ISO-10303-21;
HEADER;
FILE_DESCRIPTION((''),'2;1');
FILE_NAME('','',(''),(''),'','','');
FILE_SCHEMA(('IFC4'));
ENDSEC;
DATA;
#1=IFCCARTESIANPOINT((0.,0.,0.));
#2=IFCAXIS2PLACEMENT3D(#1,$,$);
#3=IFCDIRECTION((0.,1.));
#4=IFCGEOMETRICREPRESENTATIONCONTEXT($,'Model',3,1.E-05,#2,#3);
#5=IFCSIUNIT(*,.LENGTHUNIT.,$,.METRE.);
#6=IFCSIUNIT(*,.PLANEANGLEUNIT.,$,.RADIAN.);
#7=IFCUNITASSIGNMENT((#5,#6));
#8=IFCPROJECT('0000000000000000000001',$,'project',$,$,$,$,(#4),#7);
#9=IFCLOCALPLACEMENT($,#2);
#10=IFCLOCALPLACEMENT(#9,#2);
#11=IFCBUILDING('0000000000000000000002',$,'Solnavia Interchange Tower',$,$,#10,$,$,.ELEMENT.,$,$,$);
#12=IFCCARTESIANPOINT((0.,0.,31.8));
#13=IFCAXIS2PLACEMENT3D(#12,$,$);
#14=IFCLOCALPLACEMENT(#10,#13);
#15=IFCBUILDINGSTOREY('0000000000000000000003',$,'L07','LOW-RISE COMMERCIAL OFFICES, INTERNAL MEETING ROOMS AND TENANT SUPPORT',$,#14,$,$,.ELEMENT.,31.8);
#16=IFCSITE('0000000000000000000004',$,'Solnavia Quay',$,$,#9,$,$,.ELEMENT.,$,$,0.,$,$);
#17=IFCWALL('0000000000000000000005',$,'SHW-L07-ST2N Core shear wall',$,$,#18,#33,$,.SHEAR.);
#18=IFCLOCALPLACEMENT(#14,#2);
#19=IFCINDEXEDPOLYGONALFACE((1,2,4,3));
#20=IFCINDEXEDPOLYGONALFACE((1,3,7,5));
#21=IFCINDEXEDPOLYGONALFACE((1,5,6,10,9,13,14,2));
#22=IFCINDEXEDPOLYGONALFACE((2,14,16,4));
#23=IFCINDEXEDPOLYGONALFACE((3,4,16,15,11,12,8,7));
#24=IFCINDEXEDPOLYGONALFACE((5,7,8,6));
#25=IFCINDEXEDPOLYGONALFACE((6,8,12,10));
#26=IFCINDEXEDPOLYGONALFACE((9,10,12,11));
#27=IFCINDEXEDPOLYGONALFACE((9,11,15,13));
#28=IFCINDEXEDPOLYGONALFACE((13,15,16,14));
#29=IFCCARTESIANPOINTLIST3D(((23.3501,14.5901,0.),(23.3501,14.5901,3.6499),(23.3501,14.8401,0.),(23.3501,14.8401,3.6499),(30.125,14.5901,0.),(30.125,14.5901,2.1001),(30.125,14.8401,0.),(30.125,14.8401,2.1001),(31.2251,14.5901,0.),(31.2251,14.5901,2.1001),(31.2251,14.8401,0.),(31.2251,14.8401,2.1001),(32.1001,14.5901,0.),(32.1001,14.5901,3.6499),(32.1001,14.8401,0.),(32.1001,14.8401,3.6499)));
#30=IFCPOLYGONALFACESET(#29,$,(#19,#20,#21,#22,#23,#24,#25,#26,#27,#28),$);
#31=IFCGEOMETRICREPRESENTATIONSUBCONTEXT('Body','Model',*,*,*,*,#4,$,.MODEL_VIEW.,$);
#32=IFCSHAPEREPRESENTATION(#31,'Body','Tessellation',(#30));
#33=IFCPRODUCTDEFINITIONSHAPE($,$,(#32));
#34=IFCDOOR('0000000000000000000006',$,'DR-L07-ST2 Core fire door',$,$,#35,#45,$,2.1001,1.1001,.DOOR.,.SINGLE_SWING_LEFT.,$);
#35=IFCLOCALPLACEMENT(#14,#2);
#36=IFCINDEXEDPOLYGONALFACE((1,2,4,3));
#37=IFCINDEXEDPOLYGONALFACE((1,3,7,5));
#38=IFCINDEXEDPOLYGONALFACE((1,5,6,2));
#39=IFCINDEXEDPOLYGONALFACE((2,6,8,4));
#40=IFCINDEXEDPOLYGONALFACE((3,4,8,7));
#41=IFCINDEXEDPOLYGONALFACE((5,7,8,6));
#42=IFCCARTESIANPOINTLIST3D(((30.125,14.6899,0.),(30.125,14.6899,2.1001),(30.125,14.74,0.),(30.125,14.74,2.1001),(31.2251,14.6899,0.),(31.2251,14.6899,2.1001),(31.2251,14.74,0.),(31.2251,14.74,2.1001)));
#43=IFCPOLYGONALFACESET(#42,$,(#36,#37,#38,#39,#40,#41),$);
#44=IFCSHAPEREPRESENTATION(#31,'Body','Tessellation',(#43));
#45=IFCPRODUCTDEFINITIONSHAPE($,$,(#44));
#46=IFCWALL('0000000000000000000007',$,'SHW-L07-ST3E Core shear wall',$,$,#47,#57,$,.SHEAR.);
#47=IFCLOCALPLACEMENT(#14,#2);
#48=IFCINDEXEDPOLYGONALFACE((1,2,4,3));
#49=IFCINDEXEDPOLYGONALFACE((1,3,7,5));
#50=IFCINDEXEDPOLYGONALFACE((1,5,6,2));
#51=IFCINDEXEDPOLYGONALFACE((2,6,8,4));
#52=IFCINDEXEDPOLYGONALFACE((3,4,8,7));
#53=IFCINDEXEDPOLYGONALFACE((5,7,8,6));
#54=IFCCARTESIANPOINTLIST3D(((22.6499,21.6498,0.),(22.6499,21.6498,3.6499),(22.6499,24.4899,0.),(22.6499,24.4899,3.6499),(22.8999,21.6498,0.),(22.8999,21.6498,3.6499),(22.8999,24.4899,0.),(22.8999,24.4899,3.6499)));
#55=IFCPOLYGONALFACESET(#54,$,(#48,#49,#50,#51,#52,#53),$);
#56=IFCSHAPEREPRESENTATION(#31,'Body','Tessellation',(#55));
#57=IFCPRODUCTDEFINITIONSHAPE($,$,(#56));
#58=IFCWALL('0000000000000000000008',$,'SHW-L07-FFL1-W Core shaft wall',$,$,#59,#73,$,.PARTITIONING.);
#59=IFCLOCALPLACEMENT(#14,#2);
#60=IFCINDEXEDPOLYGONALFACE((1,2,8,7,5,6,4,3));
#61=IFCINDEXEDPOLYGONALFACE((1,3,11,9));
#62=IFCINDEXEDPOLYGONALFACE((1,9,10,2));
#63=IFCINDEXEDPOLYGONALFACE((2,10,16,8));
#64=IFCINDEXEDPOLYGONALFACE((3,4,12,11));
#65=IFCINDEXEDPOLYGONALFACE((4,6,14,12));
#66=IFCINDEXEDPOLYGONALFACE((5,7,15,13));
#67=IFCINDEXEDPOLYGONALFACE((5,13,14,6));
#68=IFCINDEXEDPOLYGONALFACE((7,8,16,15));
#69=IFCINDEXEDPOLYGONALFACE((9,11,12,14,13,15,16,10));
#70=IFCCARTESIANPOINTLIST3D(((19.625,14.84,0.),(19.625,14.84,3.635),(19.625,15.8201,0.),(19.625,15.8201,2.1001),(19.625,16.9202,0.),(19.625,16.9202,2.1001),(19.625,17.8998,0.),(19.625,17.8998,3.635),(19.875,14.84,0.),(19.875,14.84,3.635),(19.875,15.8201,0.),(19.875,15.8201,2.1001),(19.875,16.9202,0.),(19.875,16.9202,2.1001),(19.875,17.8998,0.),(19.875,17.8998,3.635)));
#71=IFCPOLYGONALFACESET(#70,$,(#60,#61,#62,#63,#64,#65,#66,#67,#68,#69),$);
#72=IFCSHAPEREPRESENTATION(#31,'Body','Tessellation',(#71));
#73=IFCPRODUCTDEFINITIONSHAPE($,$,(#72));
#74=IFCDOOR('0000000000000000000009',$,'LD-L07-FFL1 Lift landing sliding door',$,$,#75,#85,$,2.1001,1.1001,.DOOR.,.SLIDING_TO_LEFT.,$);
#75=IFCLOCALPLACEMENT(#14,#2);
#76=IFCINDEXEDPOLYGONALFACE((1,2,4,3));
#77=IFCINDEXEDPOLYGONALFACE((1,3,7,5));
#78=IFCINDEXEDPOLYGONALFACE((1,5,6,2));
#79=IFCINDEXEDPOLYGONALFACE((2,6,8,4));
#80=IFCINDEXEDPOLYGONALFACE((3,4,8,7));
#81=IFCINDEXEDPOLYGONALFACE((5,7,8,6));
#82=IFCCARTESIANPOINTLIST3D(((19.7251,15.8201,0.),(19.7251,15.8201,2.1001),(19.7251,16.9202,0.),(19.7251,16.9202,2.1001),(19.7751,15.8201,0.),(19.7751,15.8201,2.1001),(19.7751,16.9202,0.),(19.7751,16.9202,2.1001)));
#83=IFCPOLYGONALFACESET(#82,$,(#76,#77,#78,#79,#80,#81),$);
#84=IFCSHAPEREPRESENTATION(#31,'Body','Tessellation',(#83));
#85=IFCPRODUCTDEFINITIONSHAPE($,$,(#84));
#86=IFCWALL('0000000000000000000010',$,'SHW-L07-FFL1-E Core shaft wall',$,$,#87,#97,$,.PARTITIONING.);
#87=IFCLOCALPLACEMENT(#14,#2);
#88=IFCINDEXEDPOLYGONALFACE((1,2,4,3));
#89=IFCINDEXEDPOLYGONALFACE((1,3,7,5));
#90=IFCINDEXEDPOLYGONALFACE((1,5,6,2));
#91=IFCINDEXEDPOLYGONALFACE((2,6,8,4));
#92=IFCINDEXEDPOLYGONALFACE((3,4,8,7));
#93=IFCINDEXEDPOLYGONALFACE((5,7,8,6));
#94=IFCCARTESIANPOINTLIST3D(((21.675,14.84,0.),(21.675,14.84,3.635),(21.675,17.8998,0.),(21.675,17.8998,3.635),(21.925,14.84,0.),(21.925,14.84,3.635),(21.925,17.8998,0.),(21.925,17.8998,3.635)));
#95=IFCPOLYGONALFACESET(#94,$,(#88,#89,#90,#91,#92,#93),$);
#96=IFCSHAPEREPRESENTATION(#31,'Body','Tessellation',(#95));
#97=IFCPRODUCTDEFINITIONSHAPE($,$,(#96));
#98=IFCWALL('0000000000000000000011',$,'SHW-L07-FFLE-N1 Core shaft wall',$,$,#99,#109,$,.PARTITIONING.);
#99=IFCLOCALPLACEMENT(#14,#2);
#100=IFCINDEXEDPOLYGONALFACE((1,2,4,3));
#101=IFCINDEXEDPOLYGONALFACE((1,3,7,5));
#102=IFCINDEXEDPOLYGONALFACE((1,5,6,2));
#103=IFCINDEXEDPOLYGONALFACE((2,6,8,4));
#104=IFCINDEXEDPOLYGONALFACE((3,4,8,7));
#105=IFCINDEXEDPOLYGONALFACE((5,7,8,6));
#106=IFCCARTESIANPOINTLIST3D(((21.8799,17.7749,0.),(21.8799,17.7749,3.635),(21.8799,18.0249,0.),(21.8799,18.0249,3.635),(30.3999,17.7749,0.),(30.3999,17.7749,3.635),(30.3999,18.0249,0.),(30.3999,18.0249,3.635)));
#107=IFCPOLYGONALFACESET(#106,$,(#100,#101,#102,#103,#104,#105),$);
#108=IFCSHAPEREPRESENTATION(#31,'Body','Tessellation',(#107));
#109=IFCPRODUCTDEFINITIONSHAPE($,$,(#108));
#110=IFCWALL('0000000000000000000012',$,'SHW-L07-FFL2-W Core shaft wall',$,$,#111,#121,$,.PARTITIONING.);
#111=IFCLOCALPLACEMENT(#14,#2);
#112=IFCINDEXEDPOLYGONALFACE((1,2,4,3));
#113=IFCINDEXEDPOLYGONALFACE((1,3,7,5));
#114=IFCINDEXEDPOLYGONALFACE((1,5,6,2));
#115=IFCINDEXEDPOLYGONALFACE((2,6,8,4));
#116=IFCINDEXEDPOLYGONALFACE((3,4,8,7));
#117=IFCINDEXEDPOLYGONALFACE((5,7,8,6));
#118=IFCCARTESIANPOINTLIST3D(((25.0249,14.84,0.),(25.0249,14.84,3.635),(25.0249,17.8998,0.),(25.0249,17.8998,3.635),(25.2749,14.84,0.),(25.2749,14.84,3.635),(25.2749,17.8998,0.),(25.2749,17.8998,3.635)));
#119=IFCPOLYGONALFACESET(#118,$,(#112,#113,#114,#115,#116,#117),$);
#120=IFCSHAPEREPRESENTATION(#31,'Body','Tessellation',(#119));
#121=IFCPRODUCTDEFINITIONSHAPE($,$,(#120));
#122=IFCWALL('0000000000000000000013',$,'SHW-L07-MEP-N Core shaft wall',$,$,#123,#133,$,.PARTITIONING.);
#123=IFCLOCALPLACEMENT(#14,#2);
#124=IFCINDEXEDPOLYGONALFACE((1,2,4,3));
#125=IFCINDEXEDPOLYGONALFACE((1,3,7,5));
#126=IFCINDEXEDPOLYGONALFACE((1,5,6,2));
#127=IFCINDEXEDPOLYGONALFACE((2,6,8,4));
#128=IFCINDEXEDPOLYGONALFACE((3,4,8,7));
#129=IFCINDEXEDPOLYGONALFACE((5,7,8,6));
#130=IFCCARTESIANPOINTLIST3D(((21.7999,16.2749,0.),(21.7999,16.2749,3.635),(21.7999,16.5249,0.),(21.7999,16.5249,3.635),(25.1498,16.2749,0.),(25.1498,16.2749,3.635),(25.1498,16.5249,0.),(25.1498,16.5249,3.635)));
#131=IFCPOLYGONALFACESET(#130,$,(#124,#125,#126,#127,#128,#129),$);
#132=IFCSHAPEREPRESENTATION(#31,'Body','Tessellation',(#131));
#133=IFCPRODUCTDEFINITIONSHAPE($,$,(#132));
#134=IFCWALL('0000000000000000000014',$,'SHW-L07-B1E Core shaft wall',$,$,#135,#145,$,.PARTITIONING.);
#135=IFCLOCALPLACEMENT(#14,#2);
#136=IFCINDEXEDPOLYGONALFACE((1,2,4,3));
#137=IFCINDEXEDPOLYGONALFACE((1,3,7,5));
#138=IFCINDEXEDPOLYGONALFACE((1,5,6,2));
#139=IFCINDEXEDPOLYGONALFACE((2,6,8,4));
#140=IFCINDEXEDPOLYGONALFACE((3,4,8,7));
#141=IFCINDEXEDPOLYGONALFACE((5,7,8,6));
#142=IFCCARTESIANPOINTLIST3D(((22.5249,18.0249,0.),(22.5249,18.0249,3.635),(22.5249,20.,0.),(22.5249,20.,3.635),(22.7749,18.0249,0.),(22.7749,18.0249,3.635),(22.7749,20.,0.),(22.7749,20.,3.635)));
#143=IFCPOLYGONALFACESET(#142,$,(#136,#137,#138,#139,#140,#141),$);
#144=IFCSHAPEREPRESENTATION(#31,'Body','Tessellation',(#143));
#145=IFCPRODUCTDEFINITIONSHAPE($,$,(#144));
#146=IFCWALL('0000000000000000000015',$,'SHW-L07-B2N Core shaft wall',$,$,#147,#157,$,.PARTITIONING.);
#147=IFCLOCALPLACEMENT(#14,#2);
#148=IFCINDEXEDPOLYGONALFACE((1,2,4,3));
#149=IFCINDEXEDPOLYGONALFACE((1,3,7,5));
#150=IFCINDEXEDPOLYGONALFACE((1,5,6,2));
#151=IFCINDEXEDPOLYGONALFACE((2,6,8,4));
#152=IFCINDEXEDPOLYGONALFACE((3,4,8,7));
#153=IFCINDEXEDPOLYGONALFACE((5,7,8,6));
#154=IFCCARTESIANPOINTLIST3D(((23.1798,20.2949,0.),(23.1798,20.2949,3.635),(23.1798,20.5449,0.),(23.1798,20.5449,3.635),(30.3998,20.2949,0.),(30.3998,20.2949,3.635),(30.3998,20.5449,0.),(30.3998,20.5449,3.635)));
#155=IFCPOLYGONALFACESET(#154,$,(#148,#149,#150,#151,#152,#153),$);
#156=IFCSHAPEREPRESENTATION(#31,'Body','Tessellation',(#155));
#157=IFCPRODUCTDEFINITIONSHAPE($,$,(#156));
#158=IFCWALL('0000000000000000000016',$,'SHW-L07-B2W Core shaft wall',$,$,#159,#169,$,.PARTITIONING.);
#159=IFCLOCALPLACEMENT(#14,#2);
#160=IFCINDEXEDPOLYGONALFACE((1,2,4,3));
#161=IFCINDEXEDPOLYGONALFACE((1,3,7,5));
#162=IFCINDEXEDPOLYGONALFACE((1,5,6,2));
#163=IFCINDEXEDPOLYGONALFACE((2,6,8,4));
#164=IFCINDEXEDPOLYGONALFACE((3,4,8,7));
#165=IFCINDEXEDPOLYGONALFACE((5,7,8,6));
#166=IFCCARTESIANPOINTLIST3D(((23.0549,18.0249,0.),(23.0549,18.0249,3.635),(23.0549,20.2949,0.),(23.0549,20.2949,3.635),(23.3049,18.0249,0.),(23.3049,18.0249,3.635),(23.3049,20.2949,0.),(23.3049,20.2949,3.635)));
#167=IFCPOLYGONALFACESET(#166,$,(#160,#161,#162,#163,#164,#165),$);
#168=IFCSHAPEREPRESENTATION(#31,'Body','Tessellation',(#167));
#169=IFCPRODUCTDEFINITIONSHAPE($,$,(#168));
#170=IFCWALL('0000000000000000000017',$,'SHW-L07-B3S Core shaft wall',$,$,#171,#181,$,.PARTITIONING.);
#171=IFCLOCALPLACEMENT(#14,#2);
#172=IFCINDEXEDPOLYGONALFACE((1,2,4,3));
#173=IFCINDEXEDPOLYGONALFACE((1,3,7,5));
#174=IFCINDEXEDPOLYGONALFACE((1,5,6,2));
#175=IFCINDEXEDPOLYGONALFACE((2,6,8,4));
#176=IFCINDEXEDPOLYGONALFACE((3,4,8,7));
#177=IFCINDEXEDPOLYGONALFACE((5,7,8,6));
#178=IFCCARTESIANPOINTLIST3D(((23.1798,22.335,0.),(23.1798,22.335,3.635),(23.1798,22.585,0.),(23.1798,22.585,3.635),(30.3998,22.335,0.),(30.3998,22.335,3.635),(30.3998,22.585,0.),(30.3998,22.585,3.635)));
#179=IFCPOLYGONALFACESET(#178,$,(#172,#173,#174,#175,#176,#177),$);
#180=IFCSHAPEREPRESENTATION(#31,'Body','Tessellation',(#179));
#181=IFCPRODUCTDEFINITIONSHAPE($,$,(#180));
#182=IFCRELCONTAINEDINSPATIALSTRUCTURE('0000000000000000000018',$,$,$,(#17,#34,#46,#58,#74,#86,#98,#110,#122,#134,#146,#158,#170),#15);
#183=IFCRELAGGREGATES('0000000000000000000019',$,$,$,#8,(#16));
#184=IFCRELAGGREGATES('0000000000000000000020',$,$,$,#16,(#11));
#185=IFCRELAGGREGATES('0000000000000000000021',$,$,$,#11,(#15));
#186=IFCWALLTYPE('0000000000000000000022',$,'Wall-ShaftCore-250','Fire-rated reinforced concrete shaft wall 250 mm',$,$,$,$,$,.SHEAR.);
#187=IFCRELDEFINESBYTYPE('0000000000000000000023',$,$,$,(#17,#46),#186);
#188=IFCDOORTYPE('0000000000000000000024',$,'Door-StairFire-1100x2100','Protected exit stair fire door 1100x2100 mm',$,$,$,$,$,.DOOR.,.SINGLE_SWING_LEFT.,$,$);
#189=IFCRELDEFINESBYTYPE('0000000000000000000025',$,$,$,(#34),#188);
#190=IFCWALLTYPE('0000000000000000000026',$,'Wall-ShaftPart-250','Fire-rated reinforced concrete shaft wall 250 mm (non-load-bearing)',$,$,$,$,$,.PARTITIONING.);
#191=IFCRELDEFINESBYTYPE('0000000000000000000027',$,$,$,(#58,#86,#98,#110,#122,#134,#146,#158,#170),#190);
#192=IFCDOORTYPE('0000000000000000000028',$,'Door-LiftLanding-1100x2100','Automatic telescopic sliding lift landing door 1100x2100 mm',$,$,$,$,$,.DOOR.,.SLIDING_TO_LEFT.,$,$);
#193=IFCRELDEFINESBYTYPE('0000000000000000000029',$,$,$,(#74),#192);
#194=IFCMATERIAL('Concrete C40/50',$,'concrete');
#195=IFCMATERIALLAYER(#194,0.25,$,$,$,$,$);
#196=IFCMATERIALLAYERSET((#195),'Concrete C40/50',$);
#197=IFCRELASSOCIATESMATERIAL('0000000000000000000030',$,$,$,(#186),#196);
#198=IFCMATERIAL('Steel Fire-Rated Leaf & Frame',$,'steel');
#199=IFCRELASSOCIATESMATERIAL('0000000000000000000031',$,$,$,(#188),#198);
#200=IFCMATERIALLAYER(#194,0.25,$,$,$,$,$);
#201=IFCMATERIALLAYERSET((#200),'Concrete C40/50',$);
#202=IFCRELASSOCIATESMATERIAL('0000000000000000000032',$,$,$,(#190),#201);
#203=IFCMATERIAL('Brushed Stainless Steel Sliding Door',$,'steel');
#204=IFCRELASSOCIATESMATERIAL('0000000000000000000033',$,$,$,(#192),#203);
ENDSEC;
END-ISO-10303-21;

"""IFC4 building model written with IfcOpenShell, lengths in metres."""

from ifc_helpers import new_model, si_unit, direction, frame, frame_2d, origin, place, context, subcontext, project, spatial, rectangle, extrude, material, layer, layer_set, type_object, element, fill, save


model = new_model("IFC4")

# Units and contexts
model_context = context("Model", 3, precision=1e-05, world=origin(), true_north=direction((0.0, 1.0)))
body_context = subcontext(model_context, "Body", "Model", "MODEL_VIEW")
ifc_project = project(units=[si_unit("LENGTHUNIT", "METRE"), si_unit("PLANEANGLEUNIT", "RADIAN")], contexts=[model_context])

# Site, building, storey
site_placement = place(None, origin())
site = spatial("IfcSite", under=ifc_project, at=site_placement, Name="Solnavia Quay", CompositionType="ELEMENT", RefElevation=0.0)
building_placement = place(site_placement, origin())
building = spatial("IfcBuilding", under=site, at=building_placement, Name="Solnavia Interchange Tower", CompositionType="ELEMENT")
storey_placement = place(building_placement, frame((0.0, 0.0, 31.8)))
storey = spatial("IfcBuildingStorey", under=building, at=storey_placement, Name="L07", Description="LOW-RISE COMMERCIAL OFFICES, INTERNAL MEETING ROOMS AND TENANT SUPPORT", CompositionType="ELEMENT", Elevation=31.8)

# Wall, opening, door
ifc_material_1 = material(Name="Concrete C40/50", Category="concrete")
ifc_layer_1 = layer(ifc_material_1, 0.25)
ifc_layer_set_1 = layer_set([ifc_layer_1], Name="Concrete C40/50")
wall_type_1 = type_object("IfcWallType", Name="Wall-ShaftCore-250", Description="Fire-rated reinforced concrete shaft wall 250 mm", PredefinedType="SHEAR", material=ifc_layer_set_1)
wall_1_placement = place(storey_placement, frame((23.3501, 14.7151, 0.0), z_axis=(0.0, 0.0, 1.0), x_axis=(1.0, 0.0, 0.0)))
wall_1 = element("IfcWall", 1, at=wall_1_placement, inside=storey, type_object=wall_type_1, Name="SHW-L07-ST2N Core shear wall", PredefinedType="SHEAR", context=body_context, shape_type="SweptSolid", body=[
    extrude(rectangle(XDim=8.75, YDim=0.25, at=frame_2d((4.375, 0.0))), origin(), (0.0, 0.0, 1.0), 3.6499),
])
opening_1_placement = place(wall_1_placement, frame((6.7749, 0.0, 0.0)))
opening_1 = element("IfcOpeningElement", 2, at=opening_1_placement, cuts=wall_1, PredefinedType="OPENING", context=body_context, shape_type="SweptSolid", body=[
    extrude(rectangle(XDim=1.1001, YDim=2.1001, at=frame_2d((0.55, 1.05))), frame((0.0, 0.135, 0.0), z_axis=(0.0, -1.0, 0.0), x_axis=(1.0, 0.0, 0.0)), (0.0, 0.0, 1.0), 0.27),
])
ifc_material_2 = material(Name="Steel Fire-Rated Leaf & Frame", Category="steel")
door_type_1 = type_object("IfcDoorType", Name="Door-StairFire-1100x2100", Description="Protected exit stair fire door 1100x2100 mm", OperationType="SINGLE_SWING_LEFT", PredefinedType="DOOR", material=ifc_material_2)
door_1_placement = place(opening_1_placement, origin())
door_1 = element("IfcDoor", 3, at=door_1_placement, inside=storey, type_object=door_type_1, Name="DR-L07-ST2 Core fire door", OperationType="SINGLE_SWING_LEFT", OverallHeight=2.1001, OverallWidth=1.1001, PredefinedType="DOOR", context=body_context, shape_type="SweptSolid", body=[
    extrude(rectangle(XDim=1.1001, YDim=2.1001, at=frame_2d((0.55, 1.05))), frame((0.0, 0.0249, 0.0), z_axis=(0.0, -1.0, 0.0), x_axis=(1.0, 0.0, 0.0)), (0.0, 0.0, 1.0), 0.05),
])
fill(opening_1, door_1)

# Wall
wall_2_placement = place(storey_placement, frame((22.7749, 21.6499, 0.0), z_axis=(0.0, 0.0, 1.0), x_axis=(0.0, 1.0, 0.0)))
element("IfcWall", 4, at=wall_2_placement, inside=storey, type_object=wall_type_1, Name="SHW-L07-ST3E Core shear wall", PredefinedType="SHEAR", context=body_context, shape_type="SweptSolid", body=[
    extrude(rectangle(XDim=2.8401, YDim=0.25, at=frame_2d((1.4199, 0.0))), origin(), (0.0, 0.0, 1.0), 3.6499),
])

# Wall, opening, door
ifc_layer_2 = layer(ifc_material_1, 0.25)
ifc_layer_set_2 = layer_set([ifc_layer_2], Name="Concrete C40/50")
wall_type_2 = type_object("IfcWallType", Name="Wall-ShaftPart-250", Description="Fire-rated reinforced concrete shaft wall 250 mm (non-load-bearing)", PredefinedType="PARTITIONING", material=ifc_layer_set_2)
wall_3_placement = place(storey_placement, frame((19.75, 14.8401, 0.0), z_axis=(0.0, 0.0, 1.0), x_axis=(0.0, 1.0, 0.0)))
wall_3 = element("IfcWall", 5, at=wall_3_placement, inside=storey, type_object=wall_type_2, Name="SHW-L07-FFL1-W Core shaft wall", PredefinedType="PARTITIONING", context=body_context, shape_type="SweptSolid", body=[
    extrude(rectangle(XDim=3.0598, YDim=0.25, at=frame_2d((1.5298, 0.0))), origin(), (0.0, 0.0, 1.0), 3.635),
])
opening_2_placement = place(wall_3_placement, frame((0.98, 0.0, 0.0)))
opening_2 = element("IfcOpeningElement", 6, at=opening_2_placement, cuts=wall_3, PredefinedType="OPENING", context=body_context, shape_type="SweptSolid", body=[
    extrude(rectangle(XDim=1.1001, YDim=2.1001, at=frame_2d((0.55, 1.05))), frame((0.0, 0.135, 0.0), z_axis=(0.0, -1.0, 0.0), x_axis=(1.0, 0.0, 0.0)), (0.0, 0.0, 1.0), 0.27),
])
ifc_material_3 = material(Name="Brushed Stainless Steel Sliding Door", Category="steel")
door_type_2 = type_object("IfcDoorType", Name="Door-LiftLanding-1100x2100", Description="Automatic telescopic sliding lift landing door 1100x2100 mm", OperationType="SLIDING_TO_LEFT", PredefinedType="DOOR", material=ifc_material_3)
door_2_placement = place(opening_2_placement, origin())
door_2 = element("IfcDoor", 7, at=door_2_placement, inside=storey, type_object=door_type_2, Name="LD-L07-FFL1 Lift landing sliding door", OperationType="SLIDING_TO_LEFT", OverallHeight=2.1001, OverallWidth=1.1001, PredefinedType="DOOR", context=body_context, shape_type="SweptSolid", body=[
    extrude(rectangle(XDim=1.1001, YDim=2.1001, at=frame_2d((0.55, 1.05))), frame((0.0, 0.0249, 0.0), z_axis=(0.0, -1.0, 0.0), x_axis=(1.0, 0.0, 0.0)), (0.0, 0.0, 1.0), 0.05),
])
fill(opening_2, door_2)

# Walls
wall_4_placement = place(storey_placement, frame((21.8, 14.8401, 0.0), z_axis=(0.0, 0.0, 1.0), x_axis=(0.0, 1.0, 0.0)))
element("IfcWall", 8, at=wall_4_placement, inside=storey, type_object=wall_type_2, Name="SHW-L07-FFL1-E Core shaft wall", PredefinedType="PARTITIONING", context=body_context, shape_type="SweptSolid", body=[
    extrude(rectangle(XDim=3.0598, YDim=0.25, at=frame_2d((1.5298, 0.0))), origin(), (0.0, 0.0, 1.0), 3.635),
])
wall_5_placement = place(storey_placement, frame((21.8799, 17.8999, 0.0), z_axis=(0.0, 0.0, 1.0), x_axis=(1.0, 0.0, 0.0)))
element("IfcWall", 9, at=wall_5_placement, inside=storey, type_object=wall_type_2, Name="SHW-L07-FFLE-N1 Core shaft wall", PredefinedType="PARTITIONING", context=body_context, shape_type="SweptSolid", body=[
    extrude(rectangle(XDim=8.52, YDim=0.25, at=frame_2d((4.26, 0.0))), origin(), (0.0, 0.0, 1.0), 3.635),
])
wall_6_placement = place(storey_placement, frame((25.1499, 14.8401, 0.0), z_axis=(0.0, 0.0, 1.0), x_axis=(0.0, 1.0, 0.0)))
element("IfcWall", 10, at=wall_6_placement, inside=storey, type_object=wall_type_2, Name="SHW-L07-FFL2-W Core shaft wall", PredefinedType="PARTITIONING", context=body_context, shape_type="SweptSolid", body=[
    extrude(rectangle(XDim=3.0598, YDim=0.25, at=frame_2d((1.5298, 0.0))), origin(), (0.0, 0.0, 1.0), 3.635),
])
wall_7_placement = place(storey_placement, frame((21.8, 16.3999, 0.0), z_axis=(0.0, 0.0, 1.0), x_axis=(1.0, 0.0, 0.0)))
element("IfcWall", 11, at=wall_7_placement, inside=storey, type_object=wall_type_2, Name="SHW-L07-MEP-N Core shaft wall", PredefinedType="PARTITIONING", context=body_context, shape_type="SweptSolid", body=[
    extrude(rectangle(XDim=3.3499, YDim=0.25, at=frame_2d((1.6748, 0.0))), origin(), (0.0, 0.0, 1.0), 3.635),
])
wall_8_placement = place(storey_placement, frame((22.6499, 18.0249, 0.0), z_axis=(0.0, 0.0, 1.0), x_axis=(0.0, 1.0, 0.0)))
element("IfcWall", 12, at=wall_8_placement, inside=storey, type_object=wall_type_2, Name="SHW-L07-B1E Core shaft wall", PredefinedType="PARTITIONING", context=body_context, shape_type="SweptSolid", body=[
    extrude(rectangle(XDim=1.9751, YDim=0.25, at=frame_2d((0.9875, 0.0))), origin(), (0.0, 0.0, 1.0), 3.635),
])
wall_9_placement = place(storey_placement, frame((23.1799, 20.4199, 0.0), z_axis=(0.0, 0.0, 1.0), x_axis=(1.0, 0.0, 0.0)))
element("IfcWall", 13, at=wall_9_placement, inside=storey, type_object=wall_type_2, Name="SHW-L07-B2N Core shaft wall", PredefinedType="PARTITIONING", context=body_context, shape_type="SweptSolid", body=[
    extrude(rectangle(XDim=7.22, YDim=0.25, at=frame_2d((3.6099, 0.0))), origin(), (0.0, 0.0, 1.0), 3.635),
])
wall_10_placement = place(storey_placement, frame((23.1799, 18.0249, 0.0), z_axis=(0.0, 0.0, 1.0), x_axis=(0.0, 1.0, 0.0)))
element("IfcWall", 14, at=wall_10_placement, inside=storey, type_object=wall_type_2, Name="SHW-L07-B2W Core shaft wall", PredefinedType="PARTITIONING", context=body_context, shape_type="SweptSolid", body=[
    extrude(rectangle(XDim=2.27, YDim=0.25, at=frame_2d((1.135, 0.0))), origin(), (0.0, 0.0, 1.0), 3.635),
])
wall_11_placement = place(storey_placement, frame((23.1799, 22.46, 0.0), z_axis=(0.0, 0.0, 1.0), x_axis=(1.0, 0.0, 0.0)))
element("IfcWall", 15, at=wall_11_placement, inside=storey, type_object=wall_type_2, Name="SHW-L07-B3S Core shaft wall", PredefinedType="PARTITIONING", context=body_context, shape_type="SweptSolid", body=[
    extrude(rectangle(XDim=7.22, YDim=0.25, at=frame_2d((3.6099, 0.0))), origin(), (0.0, 0.0, 1.0), 3.635),
])

save(model, "model.ifc")
